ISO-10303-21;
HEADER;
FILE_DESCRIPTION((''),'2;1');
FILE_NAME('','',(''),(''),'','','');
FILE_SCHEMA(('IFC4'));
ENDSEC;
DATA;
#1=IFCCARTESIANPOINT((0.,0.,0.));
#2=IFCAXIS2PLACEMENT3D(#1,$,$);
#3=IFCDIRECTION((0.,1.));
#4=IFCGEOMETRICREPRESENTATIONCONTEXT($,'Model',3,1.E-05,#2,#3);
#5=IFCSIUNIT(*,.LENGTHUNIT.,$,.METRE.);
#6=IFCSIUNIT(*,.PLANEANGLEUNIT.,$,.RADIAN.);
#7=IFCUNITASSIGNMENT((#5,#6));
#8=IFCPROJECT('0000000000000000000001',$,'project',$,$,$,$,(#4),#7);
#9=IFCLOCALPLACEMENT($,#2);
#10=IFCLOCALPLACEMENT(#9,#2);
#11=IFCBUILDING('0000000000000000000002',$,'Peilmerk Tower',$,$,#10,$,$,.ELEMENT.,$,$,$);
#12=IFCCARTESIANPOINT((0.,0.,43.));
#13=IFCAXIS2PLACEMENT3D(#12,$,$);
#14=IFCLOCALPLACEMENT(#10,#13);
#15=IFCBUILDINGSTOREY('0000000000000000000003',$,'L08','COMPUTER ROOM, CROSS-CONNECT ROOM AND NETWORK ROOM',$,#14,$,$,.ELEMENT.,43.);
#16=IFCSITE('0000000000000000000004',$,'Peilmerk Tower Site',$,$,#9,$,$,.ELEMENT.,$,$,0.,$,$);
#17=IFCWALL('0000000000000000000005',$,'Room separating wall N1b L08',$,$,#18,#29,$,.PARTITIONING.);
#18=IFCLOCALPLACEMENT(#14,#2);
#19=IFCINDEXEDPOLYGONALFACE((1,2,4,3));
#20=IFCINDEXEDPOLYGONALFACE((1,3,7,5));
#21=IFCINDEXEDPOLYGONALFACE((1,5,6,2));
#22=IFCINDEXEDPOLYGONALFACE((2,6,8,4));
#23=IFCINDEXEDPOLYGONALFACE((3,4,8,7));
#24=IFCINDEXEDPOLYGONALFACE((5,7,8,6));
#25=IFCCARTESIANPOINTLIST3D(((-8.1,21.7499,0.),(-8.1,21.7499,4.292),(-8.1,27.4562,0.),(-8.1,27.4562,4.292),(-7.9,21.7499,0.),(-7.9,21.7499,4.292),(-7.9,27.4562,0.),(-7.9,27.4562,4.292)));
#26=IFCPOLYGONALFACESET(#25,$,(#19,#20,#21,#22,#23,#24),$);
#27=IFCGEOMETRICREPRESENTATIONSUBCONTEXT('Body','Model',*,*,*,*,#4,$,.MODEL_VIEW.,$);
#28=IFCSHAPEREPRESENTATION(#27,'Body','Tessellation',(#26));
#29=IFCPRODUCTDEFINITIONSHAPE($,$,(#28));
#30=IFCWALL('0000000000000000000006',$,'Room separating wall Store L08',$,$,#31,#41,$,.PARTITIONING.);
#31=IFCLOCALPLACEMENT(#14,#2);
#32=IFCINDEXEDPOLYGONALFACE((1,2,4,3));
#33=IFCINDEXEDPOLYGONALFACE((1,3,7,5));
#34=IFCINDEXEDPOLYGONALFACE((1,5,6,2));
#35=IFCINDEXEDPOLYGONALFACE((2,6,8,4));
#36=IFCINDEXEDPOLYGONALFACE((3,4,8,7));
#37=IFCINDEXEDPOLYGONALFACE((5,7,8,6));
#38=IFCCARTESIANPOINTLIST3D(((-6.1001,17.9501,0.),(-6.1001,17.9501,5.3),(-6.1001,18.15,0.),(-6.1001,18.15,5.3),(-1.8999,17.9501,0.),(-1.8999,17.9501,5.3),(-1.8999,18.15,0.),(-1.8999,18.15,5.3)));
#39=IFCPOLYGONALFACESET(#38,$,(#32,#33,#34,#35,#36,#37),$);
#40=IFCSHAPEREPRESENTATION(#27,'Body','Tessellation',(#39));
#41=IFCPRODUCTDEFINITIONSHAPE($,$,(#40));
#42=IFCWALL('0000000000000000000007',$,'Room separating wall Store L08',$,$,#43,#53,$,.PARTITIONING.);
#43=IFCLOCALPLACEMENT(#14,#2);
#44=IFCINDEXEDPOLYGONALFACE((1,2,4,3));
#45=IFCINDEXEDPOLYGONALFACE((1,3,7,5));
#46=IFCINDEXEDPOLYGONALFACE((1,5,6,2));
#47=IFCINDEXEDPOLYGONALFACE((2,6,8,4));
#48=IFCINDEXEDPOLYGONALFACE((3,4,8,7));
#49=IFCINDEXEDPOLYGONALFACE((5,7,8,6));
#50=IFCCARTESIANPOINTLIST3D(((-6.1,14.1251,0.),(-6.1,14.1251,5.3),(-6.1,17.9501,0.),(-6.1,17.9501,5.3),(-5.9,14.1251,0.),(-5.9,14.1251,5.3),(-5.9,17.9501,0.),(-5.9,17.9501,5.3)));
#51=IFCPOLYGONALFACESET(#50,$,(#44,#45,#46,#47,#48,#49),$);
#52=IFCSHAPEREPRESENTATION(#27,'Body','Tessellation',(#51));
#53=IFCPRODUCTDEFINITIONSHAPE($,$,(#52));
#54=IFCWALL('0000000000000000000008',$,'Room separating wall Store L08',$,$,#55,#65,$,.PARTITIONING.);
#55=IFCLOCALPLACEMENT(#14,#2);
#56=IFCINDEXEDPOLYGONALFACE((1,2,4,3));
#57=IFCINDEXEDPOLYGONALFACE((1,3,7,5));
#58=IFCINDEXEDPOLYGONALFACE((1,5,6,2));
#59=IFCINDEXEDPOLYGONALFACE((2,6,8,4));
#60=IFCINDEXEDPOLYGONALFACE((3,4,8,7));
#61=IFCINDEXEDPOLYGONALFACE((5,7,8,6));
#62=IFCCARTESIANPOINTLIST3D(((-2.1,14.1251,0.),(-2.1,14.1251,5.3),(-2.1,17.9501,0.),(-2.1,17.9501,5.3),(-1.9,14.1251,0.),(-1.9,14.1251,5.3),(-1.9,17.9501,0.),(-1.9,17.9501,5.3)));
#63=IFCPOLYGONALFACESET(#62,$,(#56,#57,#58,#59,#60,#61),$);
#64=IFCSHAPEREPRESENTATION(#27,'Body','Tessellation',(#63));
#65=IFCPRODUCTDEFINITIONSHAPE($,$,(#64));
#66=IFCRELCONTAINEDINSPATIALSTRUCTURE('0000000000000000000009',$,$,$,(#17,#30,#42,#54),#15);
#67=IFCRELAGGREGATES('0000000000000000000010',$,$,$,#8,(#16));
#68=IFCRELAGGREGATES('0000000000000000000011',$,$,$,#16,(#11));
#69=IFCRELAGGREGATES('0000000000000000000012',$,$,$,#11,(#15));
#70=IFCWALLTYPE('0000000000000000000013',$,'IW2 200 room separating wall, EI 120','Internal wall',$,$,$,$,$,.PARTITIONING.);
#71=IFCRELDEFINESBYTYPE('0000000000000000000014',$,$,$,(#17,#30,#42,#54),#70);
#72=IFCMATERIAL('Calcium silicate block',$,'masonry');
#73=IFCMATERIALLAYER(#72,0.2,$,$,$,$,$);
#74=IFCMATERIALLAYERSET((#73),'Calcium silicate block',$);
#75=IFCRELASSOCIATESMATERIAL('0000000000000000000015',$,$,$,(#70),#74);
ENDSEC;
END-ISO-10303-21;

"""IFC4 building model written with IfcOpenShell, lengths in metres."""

from ifc_helpers import new_model, si_unit, direction, frame, frame_2d, origin, place, context, subcontext, project, spatial, rectangle, extrude, material, layer, layer_set, type_object, element, save


model = new_model("IFC4")

# Units and contexts
model_context = context("Model", 3, precision=1e-05, world=origin(), true_north=direction((0.0, 1.0)))
body_context = subcontext(model_context, "Body", "Model", "MODEL_VIEW")
ifc_project = project(units=[si_unit("LENGTHUNIT", "METRE"), si_unit("PLANEANGLEUNIT", "RADIAN")], contexts=[model_context])

# Site, building, storey
site_placement = place(None, origin())
site = spatial("IfcSite", under=ifc_project, at=site_placement, Name="Peilmerk Tower Site", CompositionType="ELEMENT", RefElevation=0.0)
building_placement = place(site_placement, origin())
building = spatial("IfcBuilding", under=site, at=building_placement, Name="Peilmerk Tower", CompositionType="ELEMENT")
storey_placement = place(building_placement, frame((0.0, 0.0, 43.0)))
storey = spatial("IfcBuildingStorey", under=building, at=storey_placement, Name="L08", Description="COMPUTER ROOM, CROSS-CONNECT ROOM AND NETWORK ROOM", CompositionType="ELEMENT", Elevation=43.0)

# Walls
ifc_material_1 = material(Name="Calcium silicate block", Category="masonry")
ifc_layer = layer(ifc_material_1, 0.2)
ifc_layer_set = layer_set([ifc_layer], Name="Calcium silicate block")
wall_type = type_object("IfcWallType", Name="IW2 200 room separating wall, EI 120", Description="Internal wall", PredefinedType="PARTITIONING", material=ifc_layer_set)
wall_1_placement = place(storey_placement, frame((-8.0, 21.75, 0.0), z_axis=(0.0, 0.0, 1.0), x_axis=(0.0, 1.0, 0.0)))
element("IfcWall", 1, at=wall_1_placement, inside=storey, type_object=wall_type, Name="Room separating wall N1b L08", PredefinedType="PARTITIONING", context=body_context, shape_type="SweptSolid", body=[
    extrude(rectangle(XDim=5.7063, YDim=0.2, at=frame_2d((2.853, 0.0))), origin(), (0.0, 0.0, 1.0), 4.292),
])
wall_2_placement = place(storey_placement, frame((-6.1001, 18.05, 0.0), z_axis=(0.0, 0.0, 1.0), x_axis=(1.0, 0.0, 0.0)))
element("IfcWall", 2, at=wall_2_placement, inside=storey, type_object=wall_type, Name="Room separating wall Store L08", PredefinedType="PARTITIONING", context=body_context, shape_type="SweptSolid", body=[
    extrude(rectangle(XDim=4.2002, YDim=0.2, at=frame_2d((2.1001, 0.0))), origin(), (0.0, 0.0, 1.0), 5.3),
])
for number, where, z_axis, x_axis, name in (
    (3, (-6.0, 14.125, 0.0), (0.0, 0.0, 1.0), (0.0, 1.0, 0.0), "Room separating wall Store L08"),
    (4, (-2.0, 14.125, 0.0), (0.0, 0.0, 1.0), (0.0, 1.0, 0.0), "Room separating wall Store L08"),
):
    element("IfcWall", number, at=place(storey_placement, frame(where, z_axis=z_axis, x_axis=x_axis)), inside=storey, type_object=wall_type, Name=name, PredefinedType="PARTITIONING", context=body_context, shape_type="SweptSolid", body=[
        extrude(rectangle(XDim=3.825, YDim=0.2, at=frame_2d((1.9126, 0.0))), origin(), (0.0, 0.0, 1.0), 5.3),
    ])

save(model, "model.ifc")
